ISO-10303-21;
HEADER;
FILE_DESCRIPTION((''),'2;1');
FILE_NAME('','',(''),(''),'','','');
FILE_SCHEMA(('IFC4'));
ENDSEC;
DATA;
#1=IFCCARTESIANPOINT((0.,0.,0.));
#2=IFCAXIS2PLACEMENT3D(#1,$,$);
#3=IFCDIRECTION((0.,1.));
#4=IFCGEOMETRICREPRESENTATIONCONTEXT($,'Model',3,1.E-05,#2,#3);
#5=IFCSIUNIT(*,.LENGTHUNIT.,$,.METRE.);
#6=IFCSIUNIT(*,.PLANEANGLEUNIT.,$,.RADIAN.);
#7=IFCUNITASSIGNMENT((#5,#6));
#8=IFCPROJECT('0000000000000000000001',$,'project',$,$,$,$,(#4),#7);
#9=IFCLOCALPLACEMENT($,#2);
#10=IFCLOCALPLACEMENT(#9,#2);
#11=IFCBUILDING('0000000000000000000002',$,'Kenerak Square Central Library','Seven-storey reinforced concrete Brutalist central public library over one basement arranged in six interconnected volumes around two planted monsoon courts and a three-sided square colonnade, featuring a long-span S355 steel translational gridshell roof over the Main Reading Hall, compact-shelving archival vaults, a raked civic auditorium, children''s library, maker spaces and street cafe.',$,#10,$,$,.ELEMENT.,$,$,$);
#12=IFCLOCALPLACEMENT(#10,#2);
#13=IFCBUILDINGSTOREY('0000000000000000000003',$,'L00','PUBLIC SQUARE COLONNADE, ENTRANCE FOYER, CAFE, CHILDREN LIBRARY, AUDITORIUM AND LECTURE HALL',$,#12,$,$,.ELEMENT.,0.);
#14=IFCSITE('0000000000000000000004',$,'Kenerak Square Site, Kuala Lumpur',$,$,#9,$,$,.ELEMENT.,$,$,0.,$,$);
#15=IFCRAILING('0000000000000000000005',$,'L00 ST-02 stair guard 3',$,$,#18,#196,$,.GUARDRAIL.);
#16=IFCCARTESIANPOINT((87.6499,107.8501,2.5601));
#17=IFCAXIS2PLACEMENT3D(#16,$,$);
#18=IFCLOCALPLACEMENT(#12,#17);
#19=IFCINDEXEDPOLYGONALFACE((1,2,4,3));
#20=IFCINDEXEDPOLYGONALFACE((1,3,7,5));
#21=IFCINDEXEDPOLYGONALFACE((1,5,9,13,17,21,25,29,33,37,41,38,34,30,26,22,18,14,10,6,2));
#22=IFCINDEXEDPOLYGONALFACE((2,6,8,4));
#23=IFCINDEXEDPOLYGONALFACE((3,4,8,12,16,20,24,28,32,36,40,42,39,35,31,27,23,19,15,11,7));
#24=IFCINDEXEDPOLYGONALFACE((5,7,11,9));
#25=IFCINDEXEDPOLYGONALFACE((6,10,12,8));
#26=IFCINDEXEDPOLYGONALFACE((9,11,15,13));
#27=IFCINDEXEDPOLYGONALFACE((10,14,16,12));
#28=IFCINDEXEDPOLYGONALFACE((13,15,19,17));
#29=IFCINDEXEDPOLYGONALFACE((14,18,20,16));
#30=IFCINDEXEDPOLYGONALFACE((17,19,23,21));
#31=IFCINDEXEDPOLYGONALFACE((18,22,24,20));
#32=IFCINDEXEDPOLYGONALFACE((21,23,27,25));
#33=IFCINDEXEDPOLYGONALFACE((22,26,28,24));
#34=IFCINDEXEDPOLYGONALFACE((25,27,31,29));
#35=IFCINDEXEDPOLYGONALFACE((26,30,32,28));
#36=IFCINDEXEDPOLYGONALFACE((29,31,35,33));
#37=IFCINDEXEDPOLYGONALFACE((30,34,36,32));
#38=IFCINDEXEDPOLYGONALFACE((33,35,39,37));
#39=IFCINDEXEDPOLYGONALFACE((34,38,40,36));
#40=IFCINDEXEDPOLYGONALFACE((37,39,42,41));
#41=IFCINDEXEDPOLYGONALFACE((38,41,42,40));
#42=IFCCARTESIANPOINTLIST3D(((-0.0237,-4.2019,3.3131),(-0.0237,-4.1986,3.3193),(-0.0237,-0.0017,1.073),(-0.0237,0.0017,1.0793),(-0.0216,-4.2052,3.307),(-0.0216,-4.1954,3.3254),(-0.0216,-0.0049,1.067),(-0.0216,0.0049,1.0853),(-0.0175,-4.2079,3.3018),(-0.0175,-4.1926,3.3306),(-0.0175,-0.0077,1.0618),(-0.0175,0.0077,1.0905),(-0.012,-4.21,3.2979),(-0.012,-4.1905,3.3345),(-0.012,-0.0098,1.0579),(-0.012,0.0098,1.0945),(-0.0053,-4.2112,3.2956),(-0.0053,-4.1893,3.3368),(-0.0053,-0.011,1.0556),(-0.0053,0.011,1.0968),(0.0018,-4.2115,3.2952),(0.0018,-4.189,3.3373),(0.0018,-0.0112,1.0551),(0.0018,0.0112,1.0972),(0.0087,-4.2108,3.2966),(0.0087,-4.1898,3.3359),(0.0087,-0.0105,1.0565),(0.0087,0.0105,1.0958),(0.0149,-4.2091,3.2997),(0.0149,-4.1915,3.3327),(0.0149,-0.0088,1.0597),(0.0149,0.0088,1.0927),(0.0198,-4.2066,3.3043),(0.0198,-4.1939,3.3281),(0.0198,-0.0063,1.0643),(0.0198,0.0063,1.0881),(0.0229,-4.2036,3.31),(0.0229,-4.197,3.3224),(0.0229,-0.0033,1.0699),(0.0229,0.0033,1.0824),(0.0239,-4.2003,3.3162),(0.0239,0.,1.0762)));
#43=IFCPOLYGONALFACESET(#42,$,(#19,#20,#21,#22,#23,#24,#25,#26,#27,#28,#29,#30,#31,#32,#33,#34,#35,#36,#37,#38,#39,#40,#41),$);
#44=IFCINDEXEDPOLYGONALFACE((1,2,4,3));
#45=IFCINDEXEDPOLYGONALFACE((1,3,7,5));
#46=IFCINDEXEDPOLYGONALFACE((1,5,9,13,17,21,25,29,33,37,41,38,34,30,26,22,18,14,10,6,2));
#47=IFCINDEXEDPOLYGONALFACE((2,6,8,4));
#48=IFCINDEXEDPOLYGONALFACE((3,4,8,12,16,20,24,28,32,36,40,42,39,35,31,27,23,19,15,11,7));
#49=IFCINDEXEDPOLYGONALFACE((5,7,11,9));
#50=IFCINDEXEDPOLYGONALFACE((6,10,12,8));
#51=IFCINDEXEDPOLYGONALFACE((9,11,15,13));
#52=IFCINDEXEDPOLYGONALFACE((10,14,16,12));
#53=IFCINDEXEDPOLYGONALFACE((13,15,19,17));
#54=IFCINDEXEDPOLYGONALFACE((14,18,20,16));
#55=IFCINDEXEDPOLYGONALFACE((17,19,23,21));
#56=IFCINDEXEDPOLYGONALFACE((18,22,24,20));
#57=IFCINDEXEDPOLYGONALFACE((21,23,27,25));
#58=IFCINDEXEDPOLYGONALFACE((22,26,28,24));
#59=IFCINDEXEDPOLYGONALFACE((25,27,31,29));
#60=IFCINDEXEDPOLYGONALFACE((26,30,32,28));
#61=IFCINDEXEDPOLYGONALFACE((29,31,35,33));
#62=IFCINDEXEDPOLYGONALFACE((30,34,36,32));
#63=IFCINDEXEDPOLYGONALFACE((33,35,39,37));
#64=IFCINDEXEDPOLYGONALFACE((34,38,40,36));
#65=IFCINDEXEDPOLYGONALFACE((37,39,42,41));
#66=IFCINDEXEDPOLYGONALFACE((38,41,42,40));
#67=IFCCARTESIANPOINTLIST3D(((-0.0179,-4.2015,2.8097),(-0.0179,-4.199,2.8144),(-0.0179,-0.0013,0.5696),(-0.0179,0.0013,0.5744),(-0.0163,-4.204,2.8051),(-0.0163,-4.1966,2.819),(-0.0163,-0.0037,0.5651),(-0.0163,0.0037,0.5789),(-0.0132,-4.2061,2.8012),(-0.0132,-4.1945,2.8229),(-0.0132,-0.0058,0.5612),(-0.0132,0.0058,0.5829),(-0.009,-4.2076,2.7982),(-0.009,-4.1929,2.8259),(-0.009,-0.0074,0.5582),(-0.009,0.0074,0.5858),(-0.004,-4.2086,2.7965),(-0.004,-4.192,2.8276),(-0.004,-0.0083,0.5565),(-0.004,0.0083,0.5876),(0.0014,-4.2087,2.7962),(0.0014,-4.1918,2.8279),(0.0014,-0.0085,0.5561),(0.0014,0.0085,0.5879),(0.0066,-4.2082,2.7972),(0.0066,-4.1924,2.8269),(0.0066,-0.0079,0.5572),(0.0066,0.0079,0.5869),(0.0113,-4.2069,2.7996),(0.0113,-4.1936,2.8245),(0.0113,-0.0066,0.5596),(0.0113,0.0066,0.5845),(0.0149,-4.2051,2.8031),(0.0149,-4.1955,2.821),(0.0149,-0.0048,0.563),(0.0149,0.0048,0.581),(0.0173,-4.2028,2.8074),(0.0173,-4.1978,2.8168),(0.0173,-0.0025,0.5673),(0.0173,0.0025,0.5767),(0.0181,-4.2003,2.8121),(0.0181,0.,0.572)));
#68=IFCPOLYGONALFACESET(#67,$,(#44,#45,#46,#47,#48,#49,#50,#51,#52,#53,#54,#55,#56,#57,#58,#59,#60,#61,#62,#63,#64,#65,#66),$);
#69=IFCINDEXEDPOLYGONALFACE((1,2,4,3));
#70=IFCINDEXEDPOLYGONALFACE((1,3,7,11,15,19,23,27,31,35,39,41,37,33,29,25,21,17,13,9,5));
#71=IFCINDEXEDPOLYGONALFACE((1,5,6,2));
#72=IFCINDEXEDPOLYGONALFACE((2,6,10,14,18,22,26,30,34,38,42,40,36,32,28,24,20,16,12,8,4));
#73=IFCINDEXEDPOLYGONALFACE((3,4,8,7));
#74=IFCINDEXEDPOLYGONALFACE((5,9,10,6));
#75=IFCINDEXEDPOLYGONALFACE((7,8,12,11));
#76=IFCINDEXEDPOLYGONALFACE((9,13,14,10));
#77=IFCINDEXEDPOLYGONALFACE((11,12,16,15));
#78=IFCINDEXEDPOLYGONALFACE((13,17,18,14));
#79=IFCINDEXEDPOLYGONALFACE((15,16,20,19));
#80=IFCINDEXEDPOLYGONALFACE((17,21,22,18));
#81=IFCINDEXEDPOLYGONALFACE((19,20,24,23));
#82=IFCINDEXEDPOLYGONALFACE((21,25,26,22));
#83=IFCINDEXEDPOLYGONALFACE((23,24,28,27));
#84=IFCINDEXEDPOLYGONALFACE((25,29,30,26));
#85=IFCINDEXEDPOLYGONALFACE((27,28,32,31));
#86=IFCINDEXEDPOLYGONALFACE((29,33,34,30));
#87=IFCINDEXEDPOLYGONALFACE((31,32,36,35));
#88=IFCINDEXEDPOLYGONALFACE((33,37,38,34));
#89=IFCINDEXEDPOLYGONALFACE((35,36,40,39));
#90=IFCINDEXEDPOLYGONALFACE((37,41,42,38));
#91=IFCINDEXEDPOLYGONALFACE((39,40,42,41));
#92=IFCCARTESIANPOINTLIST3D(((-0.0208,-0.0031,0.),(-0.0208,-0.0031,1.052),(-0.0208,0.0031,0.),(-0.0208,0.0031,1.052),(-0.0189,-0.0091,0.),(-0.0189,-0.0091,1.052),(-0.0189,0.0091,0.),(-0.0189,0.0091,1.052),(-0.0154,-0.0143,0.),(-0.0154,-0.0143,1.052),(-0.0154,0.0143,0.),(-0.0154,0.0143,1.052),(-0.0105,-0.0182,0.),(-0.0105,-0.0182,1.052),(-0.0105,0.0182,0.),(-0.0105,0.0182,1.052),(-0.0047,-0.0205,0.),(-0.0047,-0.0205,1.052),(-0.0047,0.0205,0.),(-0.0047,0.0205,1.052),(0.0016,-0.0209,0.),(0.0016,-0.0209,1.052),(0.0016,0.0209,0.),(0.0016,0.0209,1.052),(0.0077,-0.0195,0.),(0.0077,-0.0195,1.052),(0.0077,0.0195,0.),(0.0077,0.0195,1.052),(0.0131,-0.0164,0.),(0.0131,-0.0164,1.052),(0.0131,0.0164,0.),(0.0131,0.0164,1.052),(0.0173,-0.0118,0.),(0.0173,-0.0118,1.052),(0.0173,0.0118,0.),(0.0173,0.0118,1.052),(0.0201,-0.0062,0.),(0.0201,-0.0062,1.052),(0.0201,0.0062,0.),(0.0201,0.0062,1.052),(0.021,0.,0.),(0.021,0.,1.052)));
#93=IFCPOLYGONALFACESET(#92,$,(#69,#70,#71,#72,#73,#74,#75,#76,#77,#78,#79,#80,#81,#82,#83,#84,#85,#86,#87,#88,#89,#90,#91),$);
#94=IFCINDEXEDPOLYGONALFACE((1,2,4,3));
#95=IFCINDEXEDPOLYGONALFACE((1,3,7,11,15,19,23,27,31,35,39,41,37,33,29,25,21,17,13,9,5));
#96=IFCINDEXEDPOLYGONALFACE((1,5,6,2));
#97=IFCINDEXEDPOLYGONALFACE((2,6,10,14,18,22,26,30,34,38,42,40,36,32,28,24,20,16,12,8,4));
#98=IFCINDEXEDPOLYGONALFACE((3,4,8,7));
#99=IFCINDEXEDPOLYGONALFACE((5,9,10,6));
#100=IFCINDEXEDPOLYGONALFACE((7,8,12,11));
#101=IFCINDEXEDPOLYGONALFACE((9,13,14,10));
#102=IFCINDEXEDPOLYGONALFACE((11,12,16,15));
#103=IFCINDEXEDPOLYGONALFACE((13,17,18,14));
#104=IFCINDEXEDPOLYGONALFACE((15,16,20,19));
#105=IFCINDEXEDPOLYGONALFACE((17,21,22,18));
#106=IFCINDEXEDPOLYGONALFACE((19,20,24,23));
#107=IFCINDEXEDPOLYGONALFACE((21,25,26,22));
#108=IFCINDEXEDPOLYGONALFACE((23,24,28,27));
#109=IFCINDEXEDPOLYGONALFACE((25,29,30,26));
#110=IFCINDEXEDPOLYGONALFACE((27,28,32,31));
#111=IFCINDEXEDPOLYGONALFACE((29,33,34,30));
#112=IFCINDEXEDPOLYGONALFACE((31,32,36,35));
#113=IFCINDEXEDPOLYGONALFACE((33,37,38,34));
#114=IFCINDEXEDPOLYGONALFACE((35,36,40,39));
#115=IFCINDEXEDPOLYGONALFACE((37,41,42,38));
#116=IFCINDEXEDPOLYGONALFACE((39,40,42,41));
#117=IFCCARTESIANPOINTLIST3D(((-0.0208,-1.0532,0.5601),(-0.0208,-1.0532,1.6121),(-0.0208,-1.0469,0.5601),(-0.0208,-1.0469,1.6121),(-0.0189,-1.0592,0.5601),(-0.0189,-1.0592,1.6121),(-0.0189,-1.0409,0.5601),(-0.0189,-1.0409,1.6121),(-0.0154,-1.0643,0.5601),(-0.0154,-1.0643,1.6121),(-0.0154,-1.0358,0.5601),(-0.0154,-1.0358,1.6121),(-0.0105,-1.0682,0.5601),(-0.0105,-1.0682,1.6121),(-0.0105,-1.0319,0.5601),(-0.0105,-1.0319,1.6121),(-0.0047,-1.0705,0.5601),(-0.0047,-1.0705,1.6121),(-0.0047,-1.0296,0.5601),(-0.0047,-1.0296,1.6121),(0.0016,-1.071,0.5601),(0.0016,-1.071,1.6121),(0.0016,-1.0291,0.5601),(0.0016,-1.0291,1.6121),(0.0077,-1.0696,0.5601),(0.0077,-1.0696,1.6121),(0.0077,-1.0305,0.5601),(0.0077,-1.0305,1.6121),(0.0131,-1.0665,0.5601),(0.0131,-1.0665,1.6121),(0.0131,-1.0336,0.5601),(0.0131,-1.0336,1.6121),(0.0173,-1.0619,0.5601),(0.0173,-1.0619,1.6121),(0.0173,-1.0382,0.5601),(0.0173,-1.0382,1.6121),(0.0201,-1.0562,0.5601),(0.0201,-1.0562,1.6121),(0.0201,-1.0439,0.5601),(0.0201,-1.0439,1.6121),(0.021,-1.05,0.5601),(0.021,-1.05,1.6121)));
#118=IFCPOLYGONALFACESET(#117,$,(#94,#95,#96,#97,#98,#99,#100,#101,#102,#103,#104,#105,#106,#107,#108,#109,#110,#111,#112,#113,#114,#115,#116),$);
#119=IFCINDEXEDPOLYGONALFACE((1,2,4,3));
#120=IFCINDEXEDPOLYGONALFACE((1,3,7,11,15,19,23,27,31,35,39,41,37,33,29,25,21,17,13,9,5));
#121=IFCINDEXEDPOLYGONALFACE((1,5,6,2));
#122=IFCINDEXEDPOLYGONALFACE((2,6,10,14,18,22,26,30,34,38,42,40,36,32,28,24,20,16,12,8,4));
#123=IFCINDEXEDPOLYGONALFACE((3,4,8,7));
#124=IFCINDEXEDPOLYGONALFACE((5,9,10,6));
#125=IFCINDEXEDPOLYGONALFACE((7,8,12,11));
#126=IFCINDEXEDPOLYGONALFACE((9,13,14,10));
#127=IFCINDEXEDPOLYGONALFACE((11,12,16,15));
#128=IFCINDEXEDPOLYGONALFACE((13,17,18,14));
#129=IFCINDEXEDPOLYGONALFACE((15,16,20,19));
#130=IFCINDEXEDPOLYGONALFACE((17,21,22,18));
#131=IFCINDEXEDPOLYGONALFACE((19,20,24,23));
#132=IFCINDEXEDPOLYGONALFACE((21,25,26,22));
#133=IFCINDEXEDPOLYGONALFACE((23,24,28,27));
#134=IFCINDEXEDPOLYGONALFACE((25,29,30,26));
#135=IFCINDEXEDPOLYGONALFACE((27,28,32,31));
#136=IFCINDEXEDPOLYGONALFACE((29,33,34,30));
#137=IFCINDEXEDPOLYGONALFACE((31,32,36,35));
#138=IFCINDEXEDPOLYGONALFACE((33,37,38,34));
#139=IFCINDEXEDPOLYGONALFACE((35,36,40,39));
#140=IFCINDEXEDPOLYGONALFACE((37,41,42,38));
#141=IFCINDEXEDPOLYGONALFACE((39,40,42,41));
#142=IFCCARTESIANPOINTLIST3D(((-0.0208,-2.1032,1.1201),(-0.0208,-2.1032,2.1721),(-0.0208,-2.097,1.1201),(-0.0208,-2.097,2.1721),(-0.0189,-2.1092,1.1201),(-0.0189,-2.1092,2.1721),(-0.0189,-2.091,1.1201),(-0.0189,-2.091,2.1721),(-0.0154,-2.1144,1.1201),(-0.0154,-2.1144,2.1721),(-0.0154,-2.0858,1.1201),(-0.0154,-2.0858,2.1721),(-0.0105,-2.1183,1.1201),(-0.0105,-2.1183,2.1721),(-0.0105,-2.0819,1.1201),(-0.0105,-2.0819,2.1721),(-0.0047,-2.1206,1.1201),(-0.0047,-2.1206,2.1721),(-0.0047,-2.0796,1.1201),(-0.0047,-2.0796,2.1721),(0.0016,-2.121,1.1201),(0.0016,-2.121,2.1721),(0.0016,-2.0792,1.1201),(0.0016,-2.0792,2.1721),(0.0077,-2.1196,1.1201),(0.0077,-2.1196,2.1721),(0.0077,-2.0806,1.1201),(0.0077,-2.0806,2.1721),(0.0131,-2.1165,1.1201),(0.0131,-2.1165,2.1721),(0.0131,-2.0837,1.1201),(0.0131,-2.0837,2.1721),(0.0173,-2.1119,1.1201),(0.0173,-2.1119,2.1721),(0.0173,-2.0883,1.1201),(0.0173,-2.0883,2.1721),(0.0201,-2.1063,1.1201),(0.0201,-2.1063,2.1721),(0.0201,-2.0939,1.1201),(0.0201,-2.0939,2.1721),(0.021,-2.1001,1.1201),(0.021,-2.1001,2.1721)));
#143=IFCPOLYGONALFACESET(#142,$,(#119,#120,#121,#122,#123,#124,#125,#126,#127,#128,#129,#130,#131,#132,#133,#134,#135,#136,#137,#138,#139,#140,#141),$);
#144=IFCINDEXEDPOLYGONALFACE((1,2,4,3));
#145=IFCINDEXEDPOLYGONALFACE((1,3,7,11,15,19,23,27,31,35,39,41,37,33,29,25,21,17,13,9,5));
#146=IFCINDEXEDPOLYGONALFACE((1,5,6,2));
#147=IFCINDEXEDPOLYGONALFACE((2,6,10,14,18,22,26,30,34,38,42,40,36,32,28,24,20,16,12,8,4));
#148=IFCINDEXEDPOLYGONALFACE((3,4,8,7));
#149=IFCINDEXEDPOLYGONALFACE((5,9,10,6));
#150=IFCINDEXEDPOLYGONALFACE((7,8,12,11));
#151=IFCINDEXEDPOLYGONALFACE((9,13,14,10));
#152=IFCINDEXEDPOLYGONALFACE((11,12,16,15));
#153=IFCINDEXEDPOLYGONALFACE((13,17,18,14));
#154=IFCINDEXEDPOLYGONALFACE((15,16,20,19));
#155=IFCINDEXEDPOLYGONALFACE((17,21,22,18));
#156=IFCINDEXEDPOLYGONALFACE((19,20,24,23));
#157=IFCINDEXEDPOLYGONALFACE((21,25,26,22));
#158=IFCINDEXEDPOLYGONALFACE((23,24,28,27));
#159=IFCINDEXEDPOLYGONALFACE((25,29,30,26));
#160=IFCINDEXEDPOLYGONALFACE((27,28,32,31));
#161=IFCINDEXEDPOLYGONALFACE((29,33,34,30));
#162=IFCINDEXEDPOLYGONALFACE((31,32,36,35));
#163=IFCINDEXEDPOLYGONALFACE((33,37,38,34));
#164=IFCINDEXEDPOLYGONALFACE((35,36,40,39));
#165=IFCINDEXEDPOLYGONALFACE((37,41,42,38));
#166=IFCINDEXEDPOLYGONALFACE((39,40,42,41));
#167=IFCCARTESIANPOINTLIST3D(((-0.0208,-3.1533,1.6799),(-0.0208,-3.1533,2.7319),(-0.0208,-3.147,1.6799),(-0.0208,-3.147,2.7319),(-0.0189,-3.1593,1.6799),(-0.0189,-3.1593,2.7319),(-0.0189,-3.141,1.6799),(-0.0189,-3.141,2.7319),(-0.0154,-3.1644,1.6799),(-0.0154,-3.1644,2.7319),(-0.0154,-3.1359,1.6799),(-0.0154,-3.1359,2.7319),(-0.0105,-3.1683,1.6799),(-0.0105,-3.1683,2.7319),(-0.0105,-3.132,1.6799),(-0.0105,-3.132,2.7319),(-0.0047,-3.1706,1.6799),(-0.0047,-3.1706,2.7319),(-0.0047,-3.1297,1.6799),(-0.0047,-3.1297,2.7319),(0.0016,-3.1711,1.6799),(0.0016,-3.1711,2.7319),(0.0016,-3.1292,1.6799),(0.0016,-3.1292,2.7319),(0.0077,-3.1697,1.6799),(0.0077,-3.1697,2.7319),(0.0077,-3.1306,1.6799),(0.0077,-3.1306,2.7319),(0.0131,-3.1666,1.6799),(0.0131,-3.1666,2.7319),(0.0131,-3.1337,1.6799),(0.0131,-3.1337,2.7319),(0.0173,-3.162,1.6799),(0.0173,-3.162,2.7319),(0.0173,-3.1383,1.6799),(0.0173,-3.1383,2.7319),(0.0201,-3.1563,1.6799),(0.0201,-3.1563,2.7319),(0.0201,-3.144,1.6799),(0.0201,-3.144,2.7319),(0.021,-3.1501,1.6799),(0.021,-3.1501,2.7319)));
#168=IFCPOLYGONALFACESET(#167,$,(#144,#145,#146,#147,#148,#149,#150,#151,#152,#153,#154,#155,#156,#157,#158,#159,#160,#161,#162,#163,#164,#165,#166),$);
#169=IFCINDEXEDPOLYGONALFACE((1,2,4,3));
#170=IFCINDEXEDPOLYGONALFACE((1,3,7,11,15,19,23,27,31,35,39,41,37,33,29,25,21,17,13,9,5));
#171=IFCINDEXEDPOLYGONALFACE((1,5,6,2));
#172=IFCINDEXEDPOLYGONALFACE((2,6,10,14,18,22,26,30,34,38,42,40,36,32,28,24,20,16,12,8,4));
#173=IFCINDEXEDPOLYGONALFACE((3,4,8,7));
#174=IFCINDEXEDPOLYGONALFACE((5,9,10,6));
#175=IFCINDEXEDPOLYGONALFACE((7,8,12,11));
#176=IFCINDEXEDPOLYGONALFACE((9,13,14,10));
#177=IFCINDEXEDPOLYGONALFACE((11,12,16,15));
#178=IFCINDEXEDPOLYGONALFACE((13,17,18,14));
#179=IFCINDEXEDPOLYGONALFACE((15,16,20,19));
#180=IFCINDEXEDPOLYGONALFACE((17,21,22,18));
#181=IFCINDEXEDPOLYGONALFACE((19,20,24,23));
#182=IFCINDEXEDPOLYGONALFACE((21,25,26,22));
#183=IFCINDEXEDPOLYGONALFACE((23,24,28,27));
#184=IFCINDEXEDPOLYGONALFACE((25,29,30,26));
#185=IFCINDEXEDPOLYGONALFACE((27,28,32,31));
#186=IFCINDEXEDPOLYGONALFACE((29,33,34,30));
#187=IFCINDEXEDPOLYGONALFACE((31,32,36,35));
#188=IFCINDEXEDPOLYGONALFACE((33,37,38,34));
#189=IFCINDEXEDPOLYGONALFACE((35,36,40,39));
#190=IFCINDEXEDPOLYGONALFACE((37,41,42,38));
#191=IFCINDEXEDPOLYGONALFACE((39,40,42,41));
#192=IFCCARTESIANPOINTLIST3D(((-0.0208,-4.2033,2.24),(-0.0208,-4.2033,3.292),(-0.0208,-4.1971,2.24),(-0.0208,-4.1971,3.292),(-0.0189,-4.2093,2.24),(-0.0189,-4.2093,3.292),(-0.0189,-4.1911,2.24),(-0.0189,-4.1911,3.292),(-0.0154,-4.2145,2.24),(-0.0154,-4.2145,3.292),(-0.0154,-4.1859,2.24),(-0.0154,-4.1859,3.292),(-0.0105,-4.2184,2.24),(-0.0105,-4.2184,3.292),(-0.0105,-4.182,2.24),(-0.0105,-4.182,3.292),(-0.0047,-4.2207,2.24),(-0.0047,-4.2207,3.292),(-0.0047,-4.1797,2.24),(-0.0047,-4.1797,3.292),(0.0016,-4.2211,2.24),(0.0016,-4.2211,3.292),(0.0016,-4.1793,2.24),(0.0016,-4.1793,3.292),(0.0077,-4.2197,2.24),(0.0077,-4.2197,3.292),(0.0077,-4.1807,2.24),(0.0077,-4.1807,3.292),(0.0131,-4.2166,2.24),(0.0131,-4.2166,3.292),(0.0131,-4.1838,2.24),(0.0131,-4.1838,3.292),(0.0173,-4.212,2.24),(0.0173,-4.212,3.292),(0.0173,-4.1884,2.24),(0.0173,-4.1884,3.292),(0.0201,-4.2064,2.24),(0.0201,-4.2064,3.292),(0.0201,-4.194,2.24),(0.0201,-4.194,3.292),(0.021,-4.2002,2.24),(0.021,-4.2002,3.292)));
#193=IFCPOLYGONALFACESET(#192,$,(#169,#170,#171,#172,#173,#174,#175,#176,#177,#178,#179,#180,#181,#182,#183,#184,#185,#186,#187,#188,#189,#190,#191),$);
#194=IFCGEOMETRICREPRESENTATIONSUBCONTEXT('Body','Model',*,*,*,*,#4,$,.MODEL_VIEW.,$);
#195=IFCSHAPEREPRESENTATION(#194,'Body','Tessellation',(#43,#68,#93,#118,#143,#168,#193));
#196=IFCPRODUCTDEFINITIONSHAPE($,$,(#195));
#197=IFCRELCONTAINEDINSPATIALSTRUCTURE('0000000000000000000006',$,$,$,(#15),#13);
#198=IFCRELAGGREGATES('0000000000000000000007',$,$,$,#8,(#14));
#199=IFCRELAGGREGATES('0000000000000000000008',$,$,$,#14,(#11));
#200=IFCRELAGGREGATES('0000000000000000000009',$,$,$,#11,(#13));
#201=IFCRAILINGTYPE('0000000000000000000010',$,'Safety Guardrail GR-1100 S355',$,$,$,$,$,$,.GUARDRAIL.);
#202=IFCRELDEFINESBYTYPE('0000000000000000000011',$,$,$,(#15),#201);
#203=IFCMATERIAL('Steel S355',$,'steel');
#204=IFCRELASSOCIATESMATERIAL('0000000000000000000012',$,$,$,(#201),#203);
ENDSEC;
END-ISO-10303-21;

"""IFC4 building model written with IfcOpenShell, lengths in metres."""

from ifc_helpers import new_model, si_unit, direction, frame, origin, origin_2d, place, context, subcontext, project, spatial, circle, extrude, material, type_object, element, save


model = new_model("IFC4")

# Units and contexts
model_context = context("Model", 3, precision=1e-05, world=origin(), true_north=direction((0.0, 1.0)))
body_context = subcontext(model_context, "Body", "Model", "MODEL_VIEW")
ifc_project = project(units=[si_unit("LENGTHUNIT", "METRE"), si_unit("PLANEANGLEUNIT", "RADIAN")], contexts=[model_context])

# Site, building, storey
site_placement = place(None, origin())
site = spatial("IfcSite", under=ifc_project, at=site_placement, Name="Kenerak Square Site, Kuala Lumpur", CompositionType="ELEMENT", RefElevation=0.0)
building_placement = place(site_placement, origin())
building = spatial("IfcBuilding", under=site, at=building_placement, Name="Kenerak Square Central Library", Description="Seven-storey reinforced concrete Brutalist central public library over one basement arranged in six interconnected volumes around two planted monsoon courts and a three-sided square colonnade, featuring a long-span S355 steel translational gridshell roof over the Main Reading Hall, compact-shelving archival vaults, a raked civic auditorium, children's library, maker spaces and street cafe.", CompositionType="ELEMENT")
storey_placement = place(building_placement, origin())
storey = spatial("IfcBuildingStorey", under=building, at=storey_placement, Name="L00", Description="PUBLIC SQUARE COLONNADE, ENTRANCE FOYER, CAFE, CHILDREN LIBRARY, AUDITORIUM AND LECTURE HALL", CompositionType="ELEMENT", Elevation=0.0)

# Shared definitions
ifc_material_1 = material(Name="Steel S355", Category="steel")

# Railing
railing_type_1 = type_object("IfcRailingType", Name="Safety Guardrail GR-1100 S355", PredefinedType="GUARDRAIL", material=ifc_material_1)
railing_1_placement = place(storey_placement, frame((87.6499, 107.8501, 2.5601)))
element("IfcRailing", 1, at=railing_1_placement, inside=storey, type_object=railing_type_1, Name="L00 ST-02 stair guard 3", PredefinedType="GUARDRAIL", context=body_context, shape_type="SweptSolid", body=[
    extrude(circle(Radius=0.0239, at=origin_2d()), frame((0.0, 0.0, 1.0762), z_axis=(0.0, -0.882363, 0.47057), x_axis=(1.0, 0.0, 0.0)), (0.0, 0.0, 1.0), 4.7603),
    extrude(circle(Radius=0.0181, at=origin_2d()), frame((0.0, 0.0, 0.572), z_axis=(0.0, -0.882363, 0.47057), x_axis=(1.0, 0.0, 0.0)), (0.0, 0.0, 1.0), 4.7603),
    extrude(circle(Radius=0.021, at=origin_2d()), origin(), (0.0, 0.0, 1.0), 1.052),
    extrude(circle(Radius=0.021, at=origin_2d()), frame((0.0, -1.05, 0.5601)), (0.0, 0.0, 1.0), 1.052),
    extrude(circle(Radius=0.021, at=origin_2d()), frame((0.0, -2.1001, 1.1201)), (0.0, 0.0, 1.0), 1.052),
    extrude(circle(Radius=0.021, at=origin_2d()), frame((0.0, -3.1501, 1.6799)), (0.0, 0.0, 1.0), 1.052),
    extrude(circle(Radius=0.021, at=origin_2d()), frame((0.0, -4.2002, 2.24)), (0.0, 0.0, 1.0), 1.052),
])

save(model, "model.ifc")
